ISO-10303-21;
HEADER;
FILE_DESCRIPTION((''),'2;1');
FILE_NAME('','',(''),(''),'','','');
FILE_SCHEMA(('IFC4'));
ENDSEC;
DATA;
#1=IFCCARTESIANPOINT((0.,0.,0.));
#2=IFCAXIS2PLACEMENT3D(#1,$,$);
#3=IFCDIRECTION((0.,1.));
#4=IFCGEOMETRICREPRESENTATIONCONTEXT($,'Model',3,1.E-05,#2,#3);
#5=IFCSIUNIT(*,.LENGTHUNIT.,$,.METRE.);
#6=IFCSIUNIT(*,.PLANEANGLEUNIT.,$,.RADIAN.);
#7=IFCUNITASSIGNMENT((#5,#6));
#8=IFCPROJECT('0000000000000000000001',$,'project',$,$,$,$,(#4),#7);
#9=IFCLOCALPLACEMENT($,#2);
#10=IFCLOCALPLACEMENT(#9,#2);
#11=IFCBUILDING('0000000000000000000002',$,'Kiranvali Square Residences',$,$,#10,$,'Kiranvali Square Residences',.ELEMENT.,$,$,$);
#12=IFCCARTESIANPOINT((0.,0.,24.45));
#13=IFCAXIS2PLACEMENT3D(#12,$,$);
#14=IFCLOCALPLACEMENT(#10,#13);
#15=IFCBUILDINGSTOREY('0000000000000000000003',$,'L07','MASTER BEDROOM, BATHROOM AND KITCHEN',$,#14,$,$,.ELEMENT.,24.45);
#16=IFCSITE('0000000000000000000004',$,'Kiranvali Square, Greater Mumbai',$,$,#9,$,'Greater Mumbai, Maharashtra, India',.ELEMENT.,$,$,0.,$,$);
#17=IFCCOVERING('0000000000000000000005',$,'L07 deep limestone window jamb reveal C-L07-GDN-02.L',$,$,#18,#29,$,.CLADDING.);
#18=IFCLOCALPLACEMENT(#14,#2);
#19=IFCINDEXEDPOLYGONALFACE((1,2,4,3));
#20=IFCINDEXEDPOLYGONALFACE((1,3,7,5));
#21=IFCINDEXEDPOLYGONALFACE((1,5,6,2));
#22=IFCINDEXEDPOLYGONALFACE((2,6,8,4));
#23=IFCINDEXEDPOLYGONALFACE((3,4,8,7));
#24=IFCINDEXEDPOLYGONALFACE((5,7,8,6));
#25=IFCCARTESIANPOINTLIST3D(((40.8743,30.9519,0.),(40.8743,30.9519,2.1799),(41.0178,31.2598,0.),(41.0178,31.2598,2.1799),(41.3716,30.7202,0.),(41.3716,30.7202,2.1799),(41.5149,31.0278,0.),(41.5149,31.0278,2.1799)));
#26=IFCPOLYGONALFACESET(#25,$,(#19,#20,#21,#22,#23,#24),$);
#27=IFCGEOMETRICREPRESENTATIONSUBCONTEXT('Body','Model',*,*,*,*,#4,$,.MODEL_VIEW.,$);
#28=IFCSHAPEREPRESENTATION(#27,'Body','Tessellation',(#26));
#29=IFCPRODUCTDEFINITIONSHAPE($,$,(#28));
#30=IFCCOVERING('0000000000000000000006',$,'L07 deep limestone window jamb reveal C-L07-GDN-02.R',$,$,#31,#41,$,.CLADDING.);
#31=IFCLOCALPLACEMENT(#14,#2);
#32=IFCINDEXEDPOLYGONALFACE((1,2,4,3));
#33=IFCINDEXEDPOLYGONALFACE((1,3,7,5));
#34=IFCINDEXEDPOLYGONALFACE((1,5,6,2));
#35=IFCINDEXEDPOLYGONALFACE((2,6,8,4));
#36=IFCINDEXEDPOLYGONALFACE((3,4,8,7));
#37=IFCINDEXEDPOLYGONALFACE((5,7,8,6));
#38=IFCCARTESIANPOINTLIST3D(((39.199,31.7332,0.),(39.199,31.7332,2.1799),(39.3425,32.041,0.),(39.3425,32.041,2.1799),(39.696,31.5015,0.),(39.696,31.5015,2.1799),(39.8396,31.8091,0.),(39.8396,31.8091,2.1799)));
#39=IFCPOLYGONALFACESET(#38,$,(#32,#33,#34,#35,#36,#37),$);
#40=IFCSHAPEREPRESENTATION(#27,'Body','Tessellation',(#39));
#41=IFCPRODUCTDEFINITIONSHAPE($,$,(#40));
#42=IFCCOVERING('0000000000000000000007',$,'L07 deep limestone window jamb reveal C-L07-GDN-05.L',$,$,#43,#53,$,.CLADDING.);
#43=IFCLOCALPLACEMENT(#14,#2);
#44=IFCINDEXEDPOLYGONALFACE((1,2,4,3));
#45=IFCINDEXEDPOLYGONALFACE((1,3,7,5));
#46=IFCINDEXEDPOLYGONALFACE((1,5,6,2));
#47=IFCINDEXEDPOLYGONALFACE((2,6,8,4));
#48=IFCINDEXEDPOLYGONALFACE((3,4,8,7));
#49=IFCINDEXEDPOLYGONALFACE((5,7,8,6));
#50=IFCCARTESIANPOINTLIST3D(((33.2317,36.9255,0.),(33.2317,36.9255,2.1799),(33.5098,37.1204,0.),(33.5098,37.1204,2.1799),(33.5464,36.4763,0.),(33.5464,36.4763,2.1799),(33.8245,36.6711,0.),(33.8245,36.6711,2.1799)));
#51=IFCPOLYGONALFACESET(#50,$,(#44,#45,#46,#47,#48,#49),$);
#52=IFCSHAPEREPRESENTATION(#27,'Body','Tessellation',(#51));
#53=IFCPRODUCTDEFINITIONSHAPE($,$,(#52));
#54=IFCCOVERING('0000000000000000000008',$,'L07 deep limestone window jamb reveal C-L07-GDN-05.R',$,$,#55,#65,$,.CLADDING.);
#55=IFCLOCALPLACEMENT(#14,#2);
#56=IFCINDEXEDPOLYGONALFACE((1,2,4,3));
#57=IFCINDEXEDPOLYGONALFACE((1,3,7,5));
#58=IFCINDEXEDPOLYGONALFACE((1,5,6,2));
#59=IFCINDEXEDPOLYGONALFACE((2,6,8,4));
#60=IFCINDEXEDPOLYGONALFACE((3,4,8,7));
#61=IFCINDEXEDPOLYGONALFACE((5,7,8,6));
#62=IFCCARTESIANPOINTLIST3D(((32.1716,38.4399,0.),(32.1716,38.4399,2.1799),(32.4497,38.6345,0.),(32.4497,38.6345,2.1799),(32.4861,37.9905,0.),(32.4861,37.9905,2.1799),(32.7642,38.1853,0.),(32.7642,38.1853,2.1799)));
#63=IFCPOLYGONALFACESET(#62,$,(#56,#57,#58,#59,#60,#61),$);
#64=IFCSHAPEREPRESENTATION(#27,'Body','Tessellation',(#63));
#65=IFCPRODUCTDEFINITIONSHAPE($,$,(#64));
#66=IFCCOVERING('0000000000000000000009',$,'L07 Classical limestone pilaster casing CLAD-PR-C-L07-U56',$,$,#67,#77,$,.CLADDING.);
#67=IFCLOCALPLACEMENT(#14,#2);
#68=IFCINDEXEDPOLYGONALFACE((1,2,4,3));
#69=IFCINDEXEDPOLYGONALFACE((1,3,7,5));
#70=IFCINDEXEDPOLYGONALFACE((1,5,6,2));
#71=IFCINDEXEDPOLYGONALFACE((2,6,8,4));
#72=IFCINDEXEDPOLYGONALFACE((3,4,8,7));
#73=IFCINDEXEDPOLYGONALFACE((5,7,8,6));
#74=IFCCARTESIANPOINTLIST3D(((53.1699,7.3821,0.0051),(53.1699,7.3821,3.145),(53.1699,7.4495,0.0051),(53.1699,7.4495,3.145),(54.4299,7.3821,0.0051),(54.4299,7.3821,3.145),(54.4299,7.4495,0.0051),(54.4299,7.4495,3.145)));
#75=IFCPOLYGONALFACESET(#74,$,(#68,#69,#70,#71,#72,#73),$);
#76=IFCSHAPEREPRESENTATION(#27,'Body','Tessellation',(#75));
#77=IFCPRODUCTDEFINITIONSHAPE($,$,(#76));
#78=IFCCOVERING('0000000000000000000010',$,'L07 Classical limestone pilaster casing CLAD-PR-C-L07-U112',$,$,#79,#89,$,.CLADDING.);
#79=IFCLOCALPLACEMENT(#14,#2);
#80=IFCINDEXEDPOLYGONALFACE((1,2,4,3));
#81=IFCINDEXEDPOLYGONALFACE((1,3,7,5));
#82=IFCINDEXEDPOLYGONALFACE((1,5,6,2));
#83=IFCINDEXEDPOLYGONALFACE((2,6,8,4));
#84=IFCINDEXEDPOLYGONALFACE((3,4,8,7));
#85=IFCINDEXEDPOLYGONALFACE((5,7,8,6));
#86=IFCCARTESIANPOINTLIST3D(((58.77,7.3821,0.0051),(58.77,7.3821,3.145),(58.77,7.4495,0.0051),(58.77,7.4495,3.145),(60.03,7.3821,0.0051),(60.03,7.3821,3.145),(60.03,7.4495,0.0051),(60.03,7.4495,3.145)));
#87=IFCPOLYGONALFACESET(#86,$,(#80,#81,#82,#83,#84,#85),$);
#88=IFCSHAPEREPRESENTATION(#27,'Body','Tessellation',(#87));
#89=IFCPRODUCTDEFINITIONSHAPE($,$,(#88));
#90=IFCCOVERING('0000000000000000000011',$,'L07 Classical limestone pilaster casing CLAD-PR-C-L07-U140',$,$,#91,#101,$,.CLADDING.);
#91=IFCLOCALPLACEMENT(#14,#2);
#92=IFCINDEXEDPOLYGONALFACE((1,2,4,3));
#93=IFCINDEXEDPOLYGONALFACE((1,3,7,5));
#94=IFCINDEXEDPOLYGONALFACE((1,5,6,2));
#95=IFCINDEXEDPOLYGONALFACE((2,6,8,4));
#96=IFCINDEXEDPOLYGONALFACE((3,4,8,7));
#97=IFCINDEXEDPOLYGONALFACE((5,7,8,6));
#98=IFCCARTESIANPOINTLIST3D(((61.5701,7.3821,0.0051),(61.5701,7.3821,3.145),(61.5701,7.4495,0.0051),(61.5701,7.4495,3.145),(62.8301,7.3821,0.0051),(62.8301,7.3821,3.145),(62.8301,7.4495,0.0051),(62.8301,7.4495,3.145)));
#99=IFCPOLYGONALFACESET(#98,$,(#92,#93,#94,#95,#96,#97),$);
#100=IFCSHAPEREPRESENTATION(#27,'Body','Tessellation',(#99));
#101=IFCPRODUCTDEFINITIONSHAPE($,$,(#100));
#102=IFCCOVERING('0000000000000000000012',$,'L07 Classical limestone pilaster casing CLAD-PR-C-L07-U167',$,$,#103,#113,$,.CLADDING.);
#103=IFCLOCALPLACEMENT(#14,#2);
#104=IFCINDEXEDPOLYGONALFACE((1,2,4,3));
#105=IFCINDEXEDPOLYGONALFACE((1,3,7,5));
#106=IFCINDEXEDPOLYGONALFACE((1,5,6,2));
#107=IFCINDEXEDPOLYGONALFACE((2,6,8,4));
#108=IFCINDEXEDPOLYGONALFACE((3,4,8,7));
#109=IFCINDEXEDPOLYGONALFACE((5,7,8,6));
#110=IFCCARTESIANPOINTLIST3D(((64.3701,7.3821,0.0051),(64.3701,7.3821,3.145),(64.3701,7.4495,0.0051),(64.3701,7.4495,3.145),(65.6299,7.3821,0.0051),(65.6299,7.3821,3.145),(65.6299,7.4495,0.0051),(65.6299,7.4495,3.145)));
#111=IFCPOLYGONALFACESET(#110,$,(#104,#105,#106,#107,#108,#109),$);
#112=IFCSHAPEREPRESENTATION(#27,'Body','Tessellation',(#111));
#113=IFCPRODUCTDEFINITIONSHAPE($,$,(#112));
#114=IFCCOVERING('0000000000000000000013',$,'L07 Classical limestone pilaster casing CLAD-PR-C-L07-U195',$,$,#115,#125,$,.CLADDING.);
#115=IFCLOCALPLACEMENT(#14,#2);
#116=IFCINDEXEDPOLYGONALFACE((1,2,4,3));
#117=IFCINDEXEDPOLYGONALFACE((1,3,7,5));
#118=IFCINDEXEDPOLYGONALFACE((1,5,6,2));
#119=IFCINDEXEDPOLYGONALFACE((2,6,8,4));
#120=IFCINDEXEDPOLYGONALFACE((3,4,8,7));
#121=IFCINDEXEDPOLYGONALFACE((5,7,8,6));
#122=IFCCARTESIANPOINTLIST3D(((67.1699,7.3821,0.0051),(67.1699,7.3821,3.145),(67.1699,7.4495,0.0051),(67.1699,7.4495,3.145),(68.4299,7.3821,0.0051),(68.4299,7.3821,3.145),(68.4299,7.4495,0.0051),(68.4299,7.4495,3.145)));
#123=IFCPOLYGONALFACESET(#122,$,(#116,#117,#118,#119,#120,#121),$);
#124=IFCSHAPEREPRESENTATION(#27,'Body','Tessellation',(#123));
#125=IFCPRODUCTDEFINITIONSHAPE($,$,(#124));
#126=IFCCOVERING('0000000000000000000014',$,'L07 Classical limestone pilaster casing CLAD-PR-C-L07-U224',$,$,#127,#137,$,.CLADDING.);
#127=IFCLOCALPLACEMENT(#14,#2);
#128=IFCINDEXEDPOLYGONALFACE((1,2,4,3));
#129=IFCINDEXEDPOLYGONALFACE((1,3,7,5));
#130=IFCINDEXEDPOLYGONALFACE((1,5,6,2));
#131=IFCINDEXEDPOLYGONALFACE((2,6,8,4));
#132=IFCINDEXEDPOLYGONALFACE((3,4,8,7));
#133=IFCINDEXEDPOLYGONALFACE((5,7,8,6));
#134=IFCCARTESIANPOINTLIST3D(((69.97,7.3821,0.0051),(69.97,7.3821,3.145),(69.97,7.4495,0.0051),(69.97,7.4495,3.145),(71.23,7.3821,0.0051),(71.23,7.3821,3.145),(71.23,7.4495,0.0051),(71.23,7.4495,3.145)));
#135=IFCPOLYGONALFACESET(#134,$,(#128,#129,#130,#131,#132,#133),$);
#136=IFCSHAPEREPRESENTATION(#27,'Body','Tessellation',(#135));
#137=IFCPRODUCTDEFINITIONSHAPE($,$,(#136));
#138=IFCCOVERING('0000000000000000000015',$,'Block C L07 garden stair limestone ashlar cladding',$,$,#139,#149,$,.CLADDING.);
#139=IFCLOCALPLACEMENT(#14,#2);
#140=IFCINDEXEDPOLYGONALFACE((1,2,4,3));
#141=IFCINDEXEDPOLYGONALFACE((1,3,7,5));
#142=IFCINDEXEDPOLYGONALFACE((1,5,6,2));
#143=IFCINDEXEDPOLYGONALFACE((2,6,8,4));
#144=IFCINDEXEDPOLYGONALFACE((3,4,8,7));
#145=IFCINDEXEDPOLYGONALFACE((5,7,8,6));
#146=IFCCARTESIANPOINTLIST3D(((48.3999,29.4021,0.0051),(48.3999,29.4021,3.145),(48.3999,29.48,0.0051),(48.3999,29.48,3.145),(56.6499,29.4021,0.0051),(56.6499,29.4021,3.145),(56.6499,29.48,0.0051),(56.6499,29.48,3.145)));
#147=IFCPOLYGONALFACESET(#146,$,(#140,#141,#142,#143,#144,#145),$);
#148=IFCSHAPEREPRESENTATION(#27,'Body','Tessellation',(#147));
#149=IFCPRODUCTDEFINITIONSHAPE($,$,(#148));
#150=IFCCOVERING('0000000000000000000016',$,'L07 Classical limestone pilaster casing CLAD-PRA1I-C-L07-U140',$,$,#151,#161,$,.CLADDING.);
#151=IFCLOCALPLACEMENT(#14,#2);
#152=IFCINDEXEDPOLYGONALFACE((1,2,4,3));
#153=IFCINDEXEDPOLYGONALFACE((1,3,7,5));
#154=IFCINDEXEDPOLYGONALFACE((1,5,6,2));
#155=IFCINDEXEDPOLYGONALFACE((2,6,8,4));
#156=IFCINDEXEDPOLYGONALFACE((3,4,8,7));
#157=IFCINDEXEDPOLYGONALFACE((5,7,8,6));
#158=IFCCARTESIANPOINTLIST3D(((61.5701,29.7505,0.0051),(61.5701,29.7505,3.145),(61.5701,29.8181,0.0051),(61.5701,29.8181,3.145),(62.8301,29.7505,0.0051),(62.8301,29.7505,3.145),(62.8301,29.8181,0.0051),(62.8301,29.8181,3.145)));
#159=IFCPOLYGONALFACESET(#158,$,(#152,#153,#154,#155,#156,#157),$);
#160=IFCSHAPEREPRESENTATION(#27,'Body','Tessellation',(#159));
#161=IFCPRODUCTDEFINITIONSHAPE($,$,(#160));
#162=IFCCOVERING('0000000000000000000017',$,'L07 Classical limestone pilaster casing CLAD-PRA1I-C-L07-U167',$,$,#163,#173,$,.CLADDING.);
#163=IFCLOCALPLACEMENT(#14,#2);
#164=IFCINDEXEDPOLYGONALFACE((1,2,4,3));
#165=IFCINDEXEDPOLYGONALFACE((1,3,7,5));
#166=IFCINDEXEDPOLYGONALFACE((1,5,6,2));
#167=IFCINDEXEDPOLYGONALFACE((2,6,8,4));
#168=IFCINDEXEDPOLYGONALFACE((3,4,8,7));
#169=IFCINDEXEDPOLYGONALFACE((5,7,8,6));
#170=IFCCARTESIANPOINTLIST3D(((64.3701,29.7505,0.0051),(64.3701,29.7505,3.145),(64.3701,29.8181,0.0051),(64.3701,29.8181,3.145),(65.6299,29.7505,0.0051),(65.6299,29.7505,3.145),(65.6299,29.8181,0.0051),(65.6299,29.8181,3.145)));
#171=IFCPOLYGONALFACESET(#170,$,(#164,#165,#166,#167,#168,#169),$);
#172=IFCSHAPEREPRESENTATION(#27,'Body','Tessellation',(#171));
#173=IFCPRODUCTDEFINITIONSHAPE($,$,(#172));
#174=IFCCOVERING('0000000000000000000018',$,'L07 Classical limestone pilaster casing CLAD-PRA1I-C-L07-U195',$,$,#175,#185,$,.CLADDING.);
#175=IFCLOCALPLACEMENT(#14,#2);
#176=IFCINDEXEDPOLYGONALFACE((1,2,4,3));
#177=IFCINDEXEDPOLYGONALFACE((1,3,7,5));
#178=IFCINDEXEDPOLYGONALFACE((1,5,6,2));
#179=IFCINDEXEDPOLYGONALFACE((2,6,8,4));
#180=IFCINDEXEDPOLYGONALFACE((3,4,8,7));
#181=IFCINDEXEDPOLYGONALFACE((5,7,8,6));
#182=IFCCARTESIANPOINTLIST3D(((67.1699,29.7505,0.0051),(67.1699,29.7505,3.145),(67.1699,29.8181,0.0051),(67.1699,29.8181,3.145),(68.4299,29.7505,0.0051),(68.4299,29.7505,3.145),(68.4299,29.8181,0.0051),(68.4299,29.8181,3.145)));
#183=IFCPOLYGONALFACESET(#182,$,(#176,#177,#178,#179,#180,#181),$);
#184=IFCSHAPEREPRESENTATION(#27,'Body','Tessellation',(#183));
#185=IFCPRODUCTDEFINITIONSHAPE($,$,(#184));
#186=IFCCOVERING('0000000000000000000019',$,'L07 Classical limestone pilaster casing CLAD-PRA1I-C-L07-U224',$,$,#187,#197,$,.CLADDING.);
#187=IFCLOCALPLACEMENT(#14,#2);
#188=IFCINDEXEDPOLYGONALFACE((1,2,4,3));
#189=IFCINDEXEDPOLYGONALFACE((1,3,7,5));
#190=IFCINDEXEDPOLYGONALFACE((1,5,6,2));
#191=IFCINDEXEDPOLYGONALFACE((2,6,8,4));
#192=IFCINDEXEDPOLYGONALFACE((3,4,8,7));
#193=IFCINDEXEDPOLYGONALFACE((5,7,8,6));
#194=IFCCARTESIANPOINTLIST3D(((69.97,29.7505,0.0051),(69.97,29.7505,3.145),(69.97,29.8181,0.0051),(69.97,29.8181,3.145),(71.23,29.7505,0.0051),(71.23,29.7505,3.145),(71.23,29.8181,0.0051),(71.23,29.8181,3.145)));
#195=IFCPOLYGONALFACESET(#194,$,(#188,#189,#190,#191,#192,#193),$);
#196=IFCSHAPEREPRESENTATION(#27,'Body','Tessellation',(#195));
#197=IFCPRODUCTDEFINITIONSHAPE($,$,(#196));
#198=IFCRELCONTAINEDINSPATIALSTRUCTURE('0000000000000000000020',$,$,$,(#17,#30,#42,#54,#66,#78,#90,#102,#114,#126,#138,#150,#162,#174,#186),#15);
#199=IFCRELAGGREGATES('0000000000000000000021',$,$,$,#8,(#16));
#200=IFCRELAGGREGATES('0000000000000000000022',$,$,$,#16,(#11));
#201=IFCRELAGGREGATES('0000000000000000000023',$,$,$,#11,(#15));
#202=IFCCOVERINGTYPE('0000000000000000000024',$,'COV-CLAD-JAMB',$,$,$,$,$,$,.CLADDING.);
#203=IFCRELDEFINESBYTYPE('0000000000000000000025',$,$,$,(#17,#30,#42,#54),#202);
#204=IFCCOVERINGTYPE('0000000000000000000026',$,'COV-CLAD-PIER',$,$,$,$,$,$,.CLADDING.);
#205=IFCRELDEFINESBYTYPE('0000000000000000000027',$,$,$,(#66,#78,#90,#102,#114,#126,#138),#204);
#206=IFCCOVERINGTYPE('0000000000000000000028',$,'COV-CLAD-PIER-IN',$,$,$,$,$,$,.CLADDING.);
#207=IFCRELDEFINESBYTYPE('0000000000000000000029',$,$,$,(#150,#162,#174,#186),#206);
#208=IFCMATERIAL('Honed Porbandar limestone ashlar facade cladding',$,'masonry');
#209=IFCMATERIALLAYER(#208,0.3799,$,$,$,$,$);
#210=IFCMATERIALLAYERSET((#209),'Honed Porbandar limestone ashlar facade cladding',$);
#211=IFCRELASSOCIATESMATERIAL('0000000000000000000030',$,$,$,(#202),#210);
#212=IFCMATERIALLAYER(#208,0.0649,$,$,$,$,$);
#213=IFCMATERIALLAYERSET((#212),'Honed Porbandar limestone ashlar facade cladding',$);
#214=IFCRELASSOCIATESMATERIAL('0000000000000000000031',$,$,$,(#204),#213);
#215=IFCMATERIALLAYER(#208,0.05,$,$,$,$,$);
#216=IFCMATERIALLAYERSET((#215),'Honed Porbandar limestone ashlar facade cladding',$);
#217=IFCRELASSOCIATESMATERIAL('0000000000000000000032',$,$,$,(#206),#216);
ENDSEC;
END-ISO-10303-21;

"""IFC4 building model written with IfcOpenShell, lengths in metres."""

from ifc_helpers import new_model, si_unit, direction, frame, origin, place, context, subcontext, project, spatial, polyline, outline, extrude, material, layer, layer_set, type_object, element, save


model = new_model("IFC4")

# Units and contexts
model_context = context("Model", 3, precision=1e-05, world=origin(), true_north=direction((0.0, 1.0)))
body_context = subcontext(model_context, "Body", "Model", "MODEL_VIEW")
ifc_project = project(units=[si_unit("LENGTHUNIT", "METRE"), si_unit("PLANEANGLEUNIT", "RADIAN")], contexts=[model_context])

# Site, building, storey
site_placement = place(None, origin())
site = spatial("IfcSite", under=ifc_project, at=site_placement, Name="Kiranvali Square, Greater Mumbai", LongName="Greater Mumbai, Maharashtra, India", CompositionType="ELEMENT", RefElevation=0.0)
building_placement = place(site_placement, origin())
building = spatial("IfcBuilding", under=site, at=building_placement, Name="Kiranvali Square Residences", LongName="Kiranvali Square Residences", CompositionType="ELEMENT")
storey_placement = place(building_placement, frame((0.0, 0.0, 24.45)))
storey = spatial("IfcBuildingStorey", under=building, at=storey_placement, Name="L07", Description="MASTER BEDROOM, BATHROOM AND KITCHEN", CompositionType="ELEMENT", Elevation=24.45)

# Coverings
ifc_material = material(Name="Honed Porbandar limestone ashlar facade cladding", Category="masonry")
ifc_layer_1 = layer(ifc_material, 0.3799)
ifc_layer_set_1 = layer_set([ifc_layer_1], Name="Honed Porbandar limestone ashlar facade cladding")
covering_type_1 = type_object("IfcCoveringType", Name="COV-CLAD-JAMB", PredefinedType="CLADDING", material=ifc_layer_set_1)
covering_1_placement = place(storey_placement, origin())
element("IfcCovering", 1, at=covering_1_placement, inside=storey, type_object=covering_type_1, Name="L07 deep limestone window jamb reveal C-L07-GDN-02.L", PredefinedType="CLADDING", context=body_context, shape_type="SweptSolid", body=[
    extrude(outline(polyline([(41.5149, 31.0278), (41.0178, 31.2598), (40.8743, 30.9519), (41.3716, 30.7202), (41.5149, 31.0278)])), origin(), (0.0, 0.0, 1.0), 2.1799),
])
covering_2_placement = place(storey_placement, origin())
element("IfcCovering", 2, at=covering_2_placement, inside=storey, type_object=covering_type_1, Name="L07 deep limestone window jamb reveal C-L07-GDN-02.R", PredefinedType="CLADDING", context=body_context, shape_type="SweptSolid", body=[
    extrude(outline(polyline([(39.8396, 31.8091), (39.3425, 32.041), (39.199, 31.7332), (39.696, 31.5015), (39.8396, 31.8091)])), origin(), (0.0, 0.0, 1.0), 2.1799),
])
covering_3_placement = place(storey_placement, origin())
element("IfcCovering", 3, at=covering_3_placement, inside=storey, type_object=covering_type_1, Name="L07 deep limestone window jamb reveal C-L07-GDN-05.L", PredefinedType="CLADDING", context=body_context, shape_type="SweptSolid", body=[
    extrude(outline(polyline([(33.8245, 36.6711), (33.5098, 37.1204), (33.2317, 36.9255), (33.5464, 36.4763), (33.8245, 36.6711)])), origin(), (0.0, 0.0, 1.0), 2.1799),
])
covering_4_placement = place(storey_placement, origin())
element("IfcCovering", 4, at=covering_4_placement, inside=storey, type_object=covering_type_1, Name="L07 deep limestone window jamb reveal C-L07-GDN-05.R", PredefinedType="CLADDING", context=body_context, shape_type="SweptSolid", body=[
    extrude(outline(polyline([(32.7642, 38.1853), (32.4497, 38.6345), (32.1716, 38.4399), (32.4861, 37.9905), (32.7642, 38.1853)])), origin(), (0.0, 0.0, 1.0), 2.1799),
])
ifc_layer_2 = layer(ifc_material, 0.0649)
ifc_layer_set_2 = layer_set([ifc_layer_2], Name="Honed Porbandar limestone ashlar facade cladding")
covering_type_2 = type_object("IfcCoveringType", Name="COV-CLAD-PIER", PredefinedType="CLADDING", material=ifc_layer_set_2)
covering_5_placement = place(storey_placement, frame((0.0, 0.0, 0.0051)))
element("IfcCovering", 5, at=covering_5_placement, inside=storey, type_object=covering_type_2, Name="L07 Classical limestone pilaster casing CLAD-PR-C-L07-U56", PredefinedType="CLADDING", context=body_context, shape_type="SweptSolid", body=[
    extrude(outline(polyline([(53.1699, 7.3821), (54.4299, 7.3821), (54.4299, 7.4495), (53.1699, 7.4495), (53.1699, 7.3821)])), origin(), (0.0, 0.0, 1.0), 3.1399),
])
covering_6_placement = place(storey_placement, frame((0.0, 0.0, 0.0051)))
element("IfcCovering", 6, at=covering_6_placement, inside=storey, type_object=covering_type_2, Name="L07 Classical limestone pilaster casing CLAD-PR-C-L07-U112", PredefinedType="CLADDING", context=body_context, shape_type="SweptSolid", body=[
    extrude(outline(polyline([(58.77, 7.3821), (60.03, 7.3821), (60.03, 7.4495), (58.77, 7.4495), (58.77, 7.3821)])), origin(), (0.0, 0.0, 1.0), 3.1399),
])
covering_7_placement = place(storey_placement, frame((0.0, 0.0, 0.0051)))
element("IfcCovering", 7, at=covering_7_placement, inside=storey, type_object=covering_type_2, Name="L07 Classical limestone pilaster casing CLAD-PR-C-L07-U140", PredefinedType="CLADDING", context=body_context, shape_type="SweptSolid", body=[
    extrude(outline(polyline([(61.5701, 7.3821), (62.8301, 7.3821), (62.8301, 7.4495), (61.5701, 7.4495), (61.5701, 7.3821)])), origin(), (0.0, 0.0, 1.0), 3.1399),
])
covering_8_placement = place(storey_placement, frame((0.0, 0.0, 0.0051)))
element("IfcCovering", 8, at=covering_8_placement, inside=storey, type_object=covering_type_2, Name="L07 Classical limestone pilaster casing CLAD-PR-C-L07-U167", PredefinedType="CLADDING", context=body_context, shape_type="SweptSolid", body=[
    extrude(outline(polyline([(64.3701, 7.3821), (65.6299, 7.3821), (65.6299, 7.4495), (64.3701, 7.4495), (64.3701, 7.3821)])), origin(), (0.0, 0.0, 1.0), 3.1399),
])
covering_9_placement = place(storey_placement, frame((0.0, 0.0, 0.0051)))
element("IfcCovering", 9, at=covering_9_placement, inside=storey, type_object=covering_type_2, Name="L07 Classical limestone pilaster casing CLAD-PR-C-L07-U195", PredefinedType="CLADDING", context=body_context, shape_type="SweptSolid", body=[
    extrude(outline(polyline([(67.1699, 7.3821), (68.4299, 7.3821), (68.4299, 7.4495), (67.1699, 7.4495), (67.1699, 7.3821)])), origin(), (0.0, 0.0, 1.0), 3.1399),
])
covering_10_placement = place(storey_placement, frame((0.0, 0.0, 0.0051)))
element("IfcCovering", 10, at=covering_10_placement, inside=storey, type_object=covering_type_2, Name="L07 Classical limestone pilaster casing CLAD-PR-C-L07-U224", PredefinedType="CLADDING", context=body_context, shape_type="SweptSolid", body=[
    extrude(outline(polyline([(69.97, 7.3821), (71.23, 7.3821), (71.23, 7.4495), (69.97, 7.4495), (69.97, 7.3821)])), origin(), (0.0, 0.0, 1.0), 3.1399),
])
covering_11_placement = place(storey_placement, frame((0.0, 0.0, 0.0051)))
element("IfcCovering", 11, at=covering_11_placement, inside=storey, type_object=covering_type_2, Name="Block C L07 garden stair limestone ashlar cladding", PredefinedType="CLADDING", context=body_context, shape_type="SweptSolid", body=[
    extrude(outline(polyline([(48.3999, 29.4021), (56.6499, 29.4021), (56.6499, 29.48), (48.3999, 29.48), (48.3999, 29.4021)])), origin(), (0.0, 0.0, 1.0), 3.1399),
])
ifc_layer_3 = layer(ifc_material, 0.05)
ifc_layer_set_3 = layer_set([ifc_layer_3], Name="Honed Porbandar limestone ashlar facade cladding")
covering_type_3 = type_object("IfcCoveringType", Name="COV-CLAD-PIER-IN", PredefinedType="CLADDING", material=ifc_layer_set_3)
covering_12_placement = place(storey_placement, frame((0.0, 0.0, 0.0051)))
element("IfcCovering", 12, at=covering_12_placement, inside=storey, type_object=covering_type_3, Name="L07 Classical limestone pilaster casing CLAD-PRA1I-C-L07-U140", PredefinedType="CLADDING", context=body_context, shape_type="SweptSolid", body=[
    extrude(outline(polyline([(61.5701, 29.7505), (62.8301, 29.7505), (62.8301, 29.8181), (61.5701, 29.8181), (61.5701, 29.7505)])), origin(), (0.0, 0.0, 1.0), 3.1399),
])
covering_13_placement = place(storey_placement, frame((0.0, 0.0, 0.0051)))
element("IfcCovering", 13, at=covering_13_placement, inside=storey, type_object=covering_type_3, Name="L07 Classical limestone pilaster casing CLAD-PRA1I-C-L07-U167", PredefinedType="CLADDING", context=body_context, shape_type="SweptSolid", body=[
    extrude(outline(polyline([(64.3701, 29.7505), (65.6299, 29.7505), (65.6299, 29.8181), (64.3701, 29.8181), (64.3701, 29.7505)])), origin(), (0.0, 0.0, 1.0), 3.1399),
])
covering_14_placement = place(storey_placement, frame((0.0, 0.0, 0.0051)))
element("IfcCovering", 14, at=covering_14_placement, inside=storey, type_object=covering_type_3, Name="L07 Classical limestone pilaster casing CLAD-PRA1I-C-L07-U195", PredefinedType="CLADDING", context=body_context, shape_type="SweptSolid", body=[
    extrude(outline(polyline([(67.1699, 29.7505), (68.4299, 29.7505), (68.4299, 29.8181), (67.1699, 29.8181), (67.1699, 29.7505)])), origin(), (0.0, 0.0, 1.0), 3.1399),
])
covering_15_placement = place(storey_placement, frame((0.0, 0.0, 0.0051)))
element("IfcCovering", 15, at=covering_15_placement, inside=storey, type_object=covering_type_3, Name="L07 Classical limestone pilaster casing CLAD-PRA1I-C-L07-U224", PredefinedType="CLADDING", context=body_context, shape_type="SweptSolid", body=[
    extrude(outline(polyline([(69.97, 29.7505), (71.23, 29.7505), (71.23, 29.8181), (69.97, 29.8181), (69.97, 29.7505)])), origin(), (0.0, 0.0, 1.0), 3.1399),
])

save(model, "model.ifc")
